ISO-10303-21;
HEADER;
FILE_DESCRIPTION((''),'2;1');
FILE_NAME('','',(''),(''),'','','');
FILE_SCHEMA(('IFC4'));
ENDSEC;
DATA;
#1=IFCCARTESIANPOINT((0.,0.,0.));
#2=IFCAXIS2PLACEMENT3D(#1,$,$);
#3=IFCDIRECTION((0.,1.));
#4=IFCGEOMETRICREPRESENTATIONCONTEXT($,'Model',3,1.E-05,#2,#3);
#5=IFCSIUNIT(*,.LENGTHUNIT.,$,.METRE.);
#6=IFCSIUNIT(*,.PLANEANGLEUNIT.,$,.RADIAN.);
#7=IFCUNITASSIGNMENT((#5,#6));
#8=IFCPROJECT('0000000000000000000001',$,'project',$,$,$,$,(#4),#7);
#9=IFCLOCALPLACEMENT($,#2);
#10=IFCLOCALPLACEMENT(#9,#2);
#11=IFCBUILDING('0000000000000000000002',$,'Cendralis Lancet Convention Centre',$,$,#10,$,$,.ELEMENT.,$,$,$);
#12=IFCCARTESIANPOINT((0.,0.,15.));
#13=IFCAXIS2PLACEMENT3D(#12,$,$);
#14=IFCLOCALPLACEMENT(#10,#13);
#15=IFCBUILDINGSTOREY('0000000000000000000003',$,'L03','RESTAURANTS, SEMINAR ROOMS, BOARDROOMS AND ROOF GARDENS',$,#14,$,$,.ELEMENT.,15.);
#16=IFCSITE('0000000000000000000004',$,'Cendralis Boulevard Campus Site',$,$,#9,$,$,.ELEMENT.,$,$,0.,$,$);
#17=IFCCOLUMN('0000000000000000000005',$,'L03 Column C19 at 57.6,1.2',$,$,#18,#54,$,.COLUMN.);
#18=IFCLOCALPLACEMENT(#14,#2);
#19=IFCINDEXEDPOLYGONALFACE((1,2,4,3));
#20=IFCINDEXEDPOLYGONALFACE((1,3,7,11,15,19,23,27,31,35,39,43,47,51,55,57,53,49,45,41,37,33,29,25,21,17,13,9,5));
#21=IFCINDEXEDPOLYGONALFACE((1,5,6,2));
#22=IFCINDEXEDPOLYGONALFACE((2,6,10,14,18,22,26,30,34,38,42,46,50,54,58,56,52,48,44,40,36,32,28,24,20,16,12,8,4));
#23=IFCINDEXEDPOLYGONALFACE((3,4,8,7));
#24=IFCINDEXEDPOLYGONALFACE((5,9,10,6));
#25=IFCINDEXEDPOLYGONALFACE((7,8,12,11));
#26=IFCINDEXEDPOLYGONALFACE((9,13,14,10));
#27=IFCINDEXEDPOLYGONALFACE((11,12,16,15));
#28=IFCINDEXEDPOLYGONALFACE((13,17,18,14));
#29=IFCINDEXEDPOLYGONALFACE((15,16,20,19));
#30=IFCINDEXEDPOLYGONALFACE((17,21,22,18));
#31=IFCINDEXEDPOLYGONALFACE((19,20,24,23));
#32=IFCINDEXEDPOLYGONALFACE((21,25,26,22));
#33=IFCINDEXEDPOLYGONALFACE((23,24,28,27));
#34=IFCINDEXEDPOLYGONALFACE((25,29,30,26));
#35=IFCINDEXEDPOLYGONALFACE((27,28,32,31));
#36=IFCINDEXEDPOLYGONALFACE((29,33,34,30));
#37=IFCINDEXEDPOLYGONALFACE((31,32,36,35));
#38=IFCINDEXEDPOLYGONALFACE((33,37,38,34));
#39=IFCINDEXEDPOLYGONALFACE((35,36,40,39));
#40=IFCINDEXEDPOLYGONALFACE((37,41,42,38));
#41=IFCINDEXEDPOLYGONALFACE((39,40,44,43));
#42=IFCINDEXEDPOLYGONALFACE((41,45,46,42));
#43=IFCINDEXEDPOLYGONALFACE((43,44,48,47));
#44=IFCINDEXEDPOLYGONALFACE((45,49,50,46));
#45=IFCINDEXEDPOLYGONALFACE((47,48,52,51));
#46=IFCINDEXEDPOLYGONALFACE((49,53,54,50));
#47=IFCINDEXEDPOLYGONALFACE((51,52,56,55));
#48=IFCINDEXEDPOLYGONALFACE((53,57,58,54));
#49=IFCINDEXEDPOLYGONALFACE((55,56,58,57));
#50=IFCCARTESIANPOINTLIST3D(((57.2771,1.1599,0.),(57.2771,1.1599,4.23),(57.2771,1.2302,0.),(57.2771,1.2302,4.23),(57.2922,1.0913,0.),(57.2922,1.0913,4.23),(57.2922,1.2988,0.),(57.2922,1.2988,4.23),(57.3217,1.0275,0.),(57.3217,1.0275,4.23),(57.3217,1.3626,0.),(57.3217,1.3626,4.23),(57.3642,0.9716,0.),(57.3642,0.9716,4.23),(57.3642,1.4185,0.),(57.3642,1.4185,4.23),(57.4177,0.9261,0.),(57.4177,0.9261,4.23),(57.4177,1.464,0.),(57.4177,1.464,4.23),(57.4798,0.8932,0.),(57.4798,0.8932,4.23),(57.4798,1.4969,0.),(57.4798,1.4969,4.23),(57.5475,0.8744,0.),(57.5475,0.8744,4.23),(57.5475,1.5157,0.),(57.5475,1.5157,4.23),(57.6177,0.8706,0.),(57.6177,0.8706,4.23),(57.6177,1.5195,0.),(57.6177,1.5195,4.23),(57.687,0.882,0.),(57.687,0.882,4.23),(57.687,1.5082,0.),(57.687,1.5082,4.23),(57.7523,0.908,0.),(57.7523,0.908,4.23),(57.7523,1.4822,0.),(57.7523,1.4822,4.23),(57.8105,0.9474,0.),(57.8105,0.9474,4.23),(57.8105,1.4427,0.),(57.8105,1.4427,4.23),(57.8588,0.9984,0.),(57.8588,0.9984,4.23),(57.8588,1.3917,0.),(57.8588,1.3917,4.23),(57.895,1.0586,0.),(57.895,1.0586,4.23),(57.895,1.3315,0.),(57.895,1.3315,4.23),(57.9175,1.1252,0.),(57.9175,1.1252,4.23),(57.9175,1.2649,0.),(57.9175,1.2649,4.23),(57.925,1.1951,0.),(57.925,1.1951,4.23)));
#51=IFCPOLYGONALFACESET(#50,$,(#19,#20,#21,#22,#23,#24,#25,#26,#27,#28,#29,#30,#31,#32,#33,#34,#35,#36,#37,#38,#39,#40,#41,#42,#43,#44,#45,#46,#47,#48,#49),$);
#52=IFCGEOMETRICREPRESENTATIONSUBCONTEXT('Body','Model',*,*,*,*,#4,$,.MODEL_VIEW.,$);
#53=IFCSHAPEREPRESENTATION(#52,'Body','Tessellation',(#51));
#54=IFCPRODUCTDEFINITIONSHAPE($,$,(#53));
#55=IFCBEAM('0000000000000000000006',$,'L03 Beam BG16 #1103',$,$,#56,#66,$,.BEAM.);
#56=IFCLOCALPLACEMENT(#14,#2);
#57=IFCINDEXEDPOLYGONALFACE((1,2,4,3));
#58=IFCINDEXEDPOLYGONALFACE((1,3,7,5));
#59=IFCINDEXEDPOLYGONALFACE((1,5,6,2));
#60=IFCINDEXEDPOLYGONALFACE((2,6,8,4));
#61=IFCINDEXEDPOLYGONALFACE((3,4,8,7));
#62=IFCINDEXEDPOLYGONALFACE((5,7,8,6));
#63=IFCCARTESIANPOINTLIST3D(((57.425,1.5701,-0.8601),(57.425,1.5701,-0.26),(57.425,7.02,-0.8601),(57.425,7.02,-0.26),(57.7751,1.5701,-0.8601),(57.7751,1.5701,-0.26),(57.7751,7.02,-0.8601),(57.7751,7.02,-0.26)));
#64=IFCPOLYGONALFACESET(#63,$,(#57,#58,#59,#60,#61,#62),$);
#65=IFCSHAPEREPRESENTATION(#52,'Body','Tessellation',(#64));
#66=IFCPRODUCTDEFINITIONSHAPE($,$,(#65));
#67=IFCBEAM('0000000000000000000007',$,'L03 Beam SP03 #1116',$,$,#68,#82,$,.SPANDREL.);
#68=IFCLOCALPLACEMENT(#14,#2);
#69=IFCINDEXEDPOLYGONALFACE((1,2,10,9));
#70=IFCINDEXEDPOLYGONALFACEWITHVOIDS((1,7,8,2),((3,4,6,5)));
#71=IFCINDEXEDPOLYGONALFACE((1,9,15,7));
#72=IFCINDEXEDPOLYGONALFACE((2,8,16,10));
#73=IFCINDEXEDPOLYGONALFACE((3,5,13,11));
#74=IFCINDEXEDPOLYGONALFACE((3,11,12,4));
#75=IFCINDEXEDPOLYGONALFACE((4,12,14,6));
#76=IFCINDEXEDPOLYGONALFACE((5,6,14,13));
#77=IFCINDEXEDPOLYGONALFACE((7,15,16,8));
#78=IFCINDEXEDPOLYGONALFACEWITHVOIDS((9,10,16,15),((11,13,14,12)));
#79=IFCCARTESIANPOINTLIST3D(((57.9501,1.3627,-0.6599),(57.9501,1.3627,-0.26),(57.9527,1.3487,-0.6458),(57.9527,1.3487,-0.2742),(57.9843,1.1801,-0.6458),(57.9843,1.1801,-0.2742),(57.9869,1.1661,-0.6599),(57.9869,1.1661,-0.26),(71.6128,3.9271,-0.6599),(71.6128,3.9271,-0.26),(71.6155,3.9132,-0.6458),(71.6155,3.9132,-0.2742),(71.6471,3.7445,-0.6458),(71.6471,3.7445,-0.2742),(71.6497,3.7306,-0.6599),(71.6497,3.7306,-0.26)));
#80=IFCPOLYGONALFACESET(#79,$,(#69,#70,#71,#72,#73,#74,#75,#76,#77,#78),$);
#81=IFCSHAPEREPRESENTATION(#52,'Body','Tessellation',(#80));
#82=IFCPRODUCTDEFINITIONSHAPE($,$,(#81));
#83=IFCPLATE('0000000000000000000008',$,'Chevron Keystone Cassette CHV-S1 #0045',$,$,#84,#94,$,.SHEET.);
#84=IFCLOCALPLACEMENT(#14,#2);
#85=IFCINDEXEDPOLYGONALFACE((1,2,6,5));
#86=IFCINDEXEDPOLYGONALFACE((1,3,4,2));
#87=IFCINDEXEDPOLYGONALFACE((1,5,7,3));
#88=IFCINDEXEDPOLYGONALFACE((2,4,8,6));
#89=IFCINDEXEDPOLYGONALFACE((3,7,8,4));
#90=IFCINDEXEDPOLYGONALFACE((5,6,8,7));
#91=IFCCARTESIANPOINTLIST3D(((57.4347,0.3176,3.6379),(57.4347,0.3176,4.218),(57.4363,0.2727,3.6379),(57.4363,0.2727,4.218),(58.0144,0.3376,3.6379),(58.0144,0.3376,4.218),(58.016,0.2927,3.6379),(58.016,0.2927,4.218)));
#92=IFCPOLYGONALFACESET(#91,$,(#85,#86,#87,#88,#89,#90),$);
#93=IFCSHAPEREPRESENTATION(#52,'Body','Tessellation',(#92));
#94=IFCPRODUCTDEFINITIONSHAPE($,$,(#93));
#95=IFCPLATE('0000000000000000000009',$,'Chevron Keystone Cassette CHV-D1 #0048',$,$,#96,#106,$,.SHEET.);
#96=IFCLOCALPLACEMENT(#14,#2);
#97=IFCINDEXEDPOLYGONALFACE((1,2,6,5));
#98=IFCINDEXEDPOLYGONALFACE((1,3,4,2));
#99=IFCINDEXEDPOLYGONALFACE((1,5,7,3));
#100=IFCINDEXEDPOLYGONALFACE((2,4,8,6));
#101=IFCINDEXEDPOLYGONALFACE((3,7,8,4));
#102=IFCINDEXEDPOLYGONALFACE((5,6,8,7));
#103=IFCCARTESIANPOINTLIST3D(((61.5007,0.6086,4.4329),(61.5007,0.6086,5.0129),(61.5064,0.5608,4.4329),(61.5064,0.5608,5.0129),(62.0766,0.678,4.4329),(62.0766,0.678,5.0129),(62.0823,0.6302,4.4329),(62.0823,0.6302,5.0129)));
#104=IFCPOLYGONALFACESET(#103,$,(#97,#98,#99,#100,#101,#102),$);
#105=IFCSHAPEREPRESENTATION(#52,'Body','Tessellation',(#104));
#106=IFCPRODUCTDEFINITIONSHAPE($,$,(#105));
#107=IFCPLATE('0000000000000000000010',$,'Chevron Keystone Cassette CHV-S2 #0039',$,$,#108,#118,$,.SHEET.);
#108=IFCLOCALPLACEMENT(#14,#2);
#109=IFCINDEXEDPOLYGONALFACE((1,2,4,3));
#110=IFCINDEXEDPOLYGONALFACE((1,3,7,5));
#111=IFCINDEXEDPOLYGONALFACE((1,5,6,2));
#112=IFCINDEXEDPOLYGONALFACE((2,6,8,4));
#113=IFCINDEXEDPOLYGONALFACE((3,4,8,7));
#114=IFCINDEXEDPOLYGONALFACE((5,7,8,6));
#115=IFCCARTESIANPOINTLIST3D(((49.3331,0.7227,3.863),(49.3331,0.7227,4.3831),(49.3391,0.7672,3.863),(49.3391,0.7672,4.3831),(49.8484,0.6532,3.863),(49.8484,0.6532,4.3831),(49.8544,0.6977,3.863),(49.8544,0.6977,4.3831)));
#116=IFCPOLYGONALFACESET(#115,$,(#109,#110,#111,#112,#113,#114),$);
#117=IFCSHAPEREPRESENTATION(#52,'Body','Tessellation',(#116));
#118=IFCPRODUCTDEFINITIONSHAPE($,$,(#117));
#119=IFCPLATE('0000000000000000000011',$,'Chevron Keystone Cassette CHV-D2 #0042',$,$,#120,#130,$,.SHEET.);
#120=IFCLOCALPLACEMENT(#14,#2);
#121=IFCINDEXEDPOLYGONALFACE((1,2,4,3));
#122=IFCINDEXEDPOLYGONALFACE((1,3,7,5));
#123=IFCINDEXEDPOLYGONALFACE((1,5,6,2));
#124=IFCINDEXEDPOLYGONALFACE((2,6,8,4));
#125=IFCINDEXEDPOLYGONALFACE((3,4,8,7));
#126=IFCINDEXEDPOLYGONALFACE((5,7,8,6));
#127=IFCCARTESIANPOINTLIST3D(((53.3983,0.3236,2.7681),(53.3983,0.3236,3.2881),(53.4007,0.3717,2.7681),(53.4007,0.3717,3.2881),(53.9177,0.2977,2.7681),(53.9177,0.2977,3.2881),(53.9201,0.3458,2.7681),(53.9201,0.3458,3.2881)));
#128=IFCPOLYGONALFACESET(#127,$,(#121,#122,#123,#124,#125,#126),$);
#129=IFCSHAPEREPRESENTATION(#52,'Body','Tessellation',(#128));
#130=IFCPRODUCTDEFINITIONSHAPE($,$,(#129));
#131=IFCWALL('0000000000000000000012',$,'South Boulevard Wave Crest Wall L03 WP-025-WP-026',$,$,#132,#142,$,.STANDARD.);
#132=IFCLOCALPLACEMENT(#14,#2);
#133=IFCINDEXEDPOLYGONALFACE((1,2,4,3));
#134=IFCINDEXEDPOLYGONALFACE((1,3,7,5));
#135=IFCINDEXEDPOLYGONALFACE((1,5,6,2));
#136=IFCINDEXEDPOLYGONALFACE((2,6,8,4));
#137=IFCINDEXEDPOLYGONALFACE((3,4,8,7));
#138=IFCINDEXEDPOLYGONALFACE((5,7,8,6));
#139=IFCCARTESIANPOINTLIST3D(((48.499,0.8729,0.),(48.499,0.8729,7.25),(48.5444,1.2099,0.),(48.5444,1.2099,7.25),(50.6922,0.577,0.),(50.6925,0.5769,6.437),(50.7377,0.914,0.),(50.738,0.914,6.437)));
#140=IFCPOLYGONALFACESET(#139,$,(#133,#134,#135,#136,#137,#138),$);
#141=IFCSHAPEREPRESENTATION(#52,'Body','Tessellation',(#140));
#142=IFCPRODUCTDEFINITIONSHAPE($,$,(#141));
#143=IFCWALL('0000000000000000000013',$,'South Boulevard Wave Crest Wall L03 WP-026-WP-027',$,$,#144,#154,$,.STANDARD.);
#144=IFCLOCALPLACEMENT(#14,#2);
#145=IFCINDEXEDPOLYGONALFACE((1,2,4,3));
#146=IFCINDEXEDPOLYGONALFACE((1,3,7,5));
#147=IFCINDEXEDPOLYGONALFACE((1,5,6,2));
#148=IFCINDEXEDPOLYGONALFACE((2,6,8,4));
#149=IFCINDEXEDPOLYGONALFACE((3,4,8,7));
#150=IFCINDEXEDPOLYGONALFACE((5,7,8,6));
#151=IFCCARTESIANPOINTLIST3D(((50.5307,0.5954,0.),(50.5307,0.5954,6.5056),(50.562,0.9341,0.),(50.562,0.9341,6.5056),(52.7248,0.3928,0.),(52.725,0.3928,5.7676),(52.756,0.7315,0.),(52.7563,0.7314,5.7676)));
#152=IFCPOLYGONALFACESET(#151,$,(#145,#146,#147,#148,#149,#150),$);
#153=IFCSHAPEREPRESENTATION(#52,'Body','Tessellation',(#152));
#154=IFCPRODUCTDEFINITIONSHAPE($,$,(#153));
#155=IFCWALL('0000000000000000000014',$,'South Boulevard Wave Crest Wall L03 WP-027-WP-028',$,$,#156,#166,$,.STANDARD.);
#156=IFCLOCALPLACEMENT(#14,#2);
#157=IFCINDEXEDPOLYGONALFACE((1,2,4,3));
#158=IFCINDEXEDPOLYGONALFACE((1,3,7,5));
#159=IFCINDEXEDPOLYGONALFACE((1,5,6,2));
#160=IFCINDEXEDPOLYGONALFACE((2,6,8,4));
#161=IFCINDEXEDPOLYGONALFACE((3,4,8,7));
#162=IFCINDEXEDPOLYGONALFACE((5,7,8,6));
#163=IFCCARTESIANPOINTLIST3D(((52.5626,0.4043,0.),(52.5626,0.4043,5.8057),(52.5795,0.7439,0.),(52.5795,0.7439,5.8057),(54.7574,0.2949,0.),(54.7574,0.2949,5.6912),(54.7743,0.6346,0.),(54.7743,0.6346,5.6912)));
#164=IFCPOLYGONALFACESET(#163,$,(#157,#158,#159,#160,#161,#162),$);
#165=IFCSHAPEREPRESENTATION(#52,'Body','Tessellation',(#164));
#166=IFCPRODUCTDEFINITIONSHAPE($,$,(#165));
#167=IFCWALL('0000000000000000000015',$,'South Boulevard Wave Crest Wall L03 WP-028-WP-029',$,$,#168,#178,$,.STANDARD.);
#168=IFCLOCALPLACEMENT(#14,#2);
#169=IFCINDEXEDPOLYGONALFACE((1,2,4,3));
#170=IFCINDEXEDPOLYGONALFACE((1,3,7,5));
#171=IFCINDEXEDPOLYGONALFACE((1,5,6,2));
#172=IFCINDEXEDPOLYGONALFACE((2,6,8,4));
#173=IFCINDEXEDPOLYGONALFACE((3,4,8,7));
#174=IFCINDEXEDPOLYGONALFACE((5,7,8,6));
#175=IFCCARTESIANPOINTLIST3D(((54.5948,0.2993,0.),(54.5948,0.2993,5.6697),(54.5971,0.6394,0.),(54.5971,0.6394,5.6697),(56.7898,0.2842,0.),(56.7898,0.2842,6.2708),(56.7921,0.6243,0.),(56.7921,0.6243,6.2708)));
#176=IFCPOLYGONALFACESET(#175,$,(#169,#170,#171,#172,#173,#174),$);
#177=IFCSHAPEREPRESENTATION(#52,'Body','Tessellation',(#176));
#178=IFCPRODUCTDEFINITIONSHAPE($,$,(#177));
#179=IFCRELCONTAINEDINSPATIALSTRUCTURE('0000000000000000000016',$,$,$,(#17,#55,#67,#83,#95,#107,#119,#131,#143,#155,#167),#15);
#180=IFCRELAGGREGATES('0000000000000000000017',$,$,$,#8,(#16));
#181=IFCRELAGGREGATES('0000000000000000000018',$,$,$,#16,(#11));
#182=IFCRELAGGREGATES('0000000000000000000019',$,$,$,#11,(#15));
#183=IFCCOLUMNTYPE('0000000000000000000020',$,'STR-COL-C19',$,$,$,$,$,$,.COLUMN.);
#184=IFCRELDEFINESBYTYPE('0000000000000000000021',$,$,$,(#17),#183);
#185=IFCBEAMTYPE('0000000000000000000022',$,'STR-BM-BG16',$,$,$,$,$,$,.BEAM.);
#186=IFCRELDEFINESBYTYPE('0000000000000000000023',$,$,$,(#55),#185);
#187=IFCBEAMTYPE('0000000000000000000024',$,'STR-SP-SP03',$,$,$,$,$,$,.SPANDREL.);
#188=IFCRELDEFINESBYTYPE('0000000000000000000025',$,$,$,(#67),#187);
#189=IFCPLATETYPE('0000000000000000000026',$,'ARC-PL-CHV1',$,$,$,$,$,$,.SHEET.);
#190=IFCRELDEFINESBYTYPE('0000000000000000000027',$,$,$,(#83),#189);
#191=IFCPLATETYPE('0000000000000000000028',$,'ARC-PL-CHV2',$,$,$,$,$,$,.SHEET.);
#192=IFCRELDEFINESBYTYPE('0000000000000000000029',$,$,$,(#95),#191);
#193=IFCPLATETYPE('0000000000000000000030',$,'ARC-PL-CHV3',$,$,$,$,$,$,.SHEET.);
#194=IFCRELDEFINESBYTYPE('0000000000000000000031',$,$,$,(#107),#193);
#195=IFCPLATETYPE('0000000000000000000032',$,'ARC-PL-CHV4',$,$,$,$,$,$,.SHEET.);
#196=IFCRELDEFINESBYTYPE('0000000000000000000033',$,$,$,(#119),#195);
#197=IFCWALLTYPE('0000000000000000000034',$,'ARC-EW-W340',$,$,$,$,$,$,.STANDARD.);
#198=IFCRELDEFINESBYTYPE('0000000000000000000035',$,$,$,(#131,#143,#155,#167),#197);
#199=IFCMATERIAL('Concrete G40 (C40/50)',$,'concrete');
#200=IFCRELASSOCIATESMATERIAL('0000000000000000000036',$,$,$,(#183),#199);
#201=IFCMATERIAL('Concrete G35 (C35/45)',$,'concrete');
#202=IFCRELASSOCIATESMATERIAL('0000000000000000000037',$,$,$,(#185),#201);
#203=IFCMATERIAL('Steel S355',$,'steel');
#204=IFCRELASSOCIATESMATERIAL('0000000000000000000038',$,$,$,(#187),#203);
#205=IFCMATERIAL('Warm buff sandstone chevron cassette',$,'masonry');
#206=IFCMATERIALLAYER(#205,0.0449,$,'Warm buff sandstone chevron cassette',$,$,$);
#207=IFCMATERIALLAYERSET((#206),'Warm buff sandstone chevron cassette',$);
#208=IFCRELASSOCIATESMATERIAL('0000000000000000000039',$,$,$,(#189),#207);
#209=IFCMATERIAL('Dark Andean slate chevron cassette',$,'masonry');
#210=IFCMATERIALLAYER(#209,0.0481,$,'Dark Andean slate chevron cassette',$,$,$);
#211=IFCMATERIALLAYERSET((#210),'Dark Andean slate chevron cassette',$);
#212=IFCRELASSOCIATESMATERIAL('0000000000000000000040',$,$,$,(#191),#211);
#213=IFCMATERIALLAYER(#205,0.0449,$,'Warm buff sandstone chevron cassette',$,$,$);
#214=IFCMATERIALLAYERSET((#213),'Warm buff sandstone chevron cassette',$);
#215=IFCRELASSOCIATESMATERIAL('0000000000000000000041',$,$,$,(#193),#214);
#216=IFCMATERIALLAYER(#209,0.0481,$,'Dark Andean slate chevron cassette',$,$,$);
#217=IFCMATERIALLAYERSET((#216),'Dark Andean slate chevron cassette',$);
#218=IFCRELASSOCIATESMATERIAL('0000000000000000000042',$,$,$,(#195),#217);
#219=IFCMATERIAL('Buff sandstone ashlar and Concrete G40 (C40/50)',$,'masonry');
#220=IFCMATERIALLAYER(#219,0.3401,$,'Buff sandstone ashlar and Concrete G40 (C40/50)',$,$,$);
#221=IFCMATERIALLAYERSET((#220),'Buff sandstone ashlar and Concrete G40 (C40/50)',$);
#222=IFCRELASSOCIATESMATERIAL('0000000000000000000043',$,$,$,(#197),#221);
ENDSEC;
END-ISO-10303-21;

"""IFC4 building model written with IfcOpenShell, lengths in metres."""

from ifc_helpers import new_model, si_unit, direction, frame, origin, origin_2d, place, context, subcontext, project, spatial, polyline, rectangle, hollow_rectangle, circle, outline, extrude, material, layer, layer_set, material_profile, profile_set, type_object, element, save


model = new_model("IFC4")

# Units and contexts
model_context = context("Model", 3, precision=1e-05, world=origin(), true_north=direction((0.0, 1.0)))
body_context = subcontext(model_context, "Body", "Model", "MODEL_VIEW")
ifc_project = project(units=[si_unit("LENGTHUNIT", "METRE"), si_unit("PLANEANGLEUNIT", "RADIAN")], contexts=[model_context])

# Site, building, storey
site_placement = place(None, origin())
site = spatial("IfcSite", under=ifc_project, at=site_placement, Name="Cendralis Boulevard Campus Site", CompositionType="ELEMENT", RefElevation=0.0)
building_placement = place(site_placement, origin())
building = spatial("IfcBuilding", under=site, at=building_placement, Name="Cendralis Lancet Convention Centre", CompositionType="ELEMENT")
storey_placement = place(building_placement, frame((0.0, 0.0, 15.0)))
storey = spatial("IfcBuildingStorey", under=building, at=storey_placement, Name="L03", Description="RESTAURANTS, SEMINAR ROOMS, BOARDROOMS AND ROOF GARDENS", CompositionType="ELEMENT", Elevation=15.0)

# Column
ifc_material_1 = material(Name="Concrete G40 (C40/50)", Category="concrete")
ifc_material_profile_1 = material_profile(ifc_material_1, circle(Radius=0.325, at=origin_2d()), Name="RC D650")
ifc_profile_set_1 = profile_set([ifc_material_profile_1], Name="Concrete G40 (C40/50)")
column_type = type_object("IfcColumnType", Name="STR-COL-C19", PredefinedType="COLUMN", material=ifc_profile_set_1)
column_placement = place(storey_placement, frame((57.6001, 1.1951, 0.0), z_axis=(0.0, 0.0, 1.0), x_axis=(1.0, 0.0, 0.0)))
element("IfcColumn", 1, at=column_placement, inside=storey, type_object=column_type, Name="L03 Column C19 at 57.6,1.2", PredefinedType="COLUMN", context=body_context, shape_type="SweptSolid", body=[
    extrude(circle(Radius=0.325, at=origin_2d()), origin(), (0.0, 0.0, 1.0), 4.23),
])

# Beams
ifc_material_2 = material(Name="Concrete G35 (C35/45)", Category="concrete")
ifc_material_profile_2 = material_profile(ifc_material_2, rectangle(XDim=0.3501, YDim=0.6001, at=origin_2d()), Name="RCB 350x600")
ifc_profile_set_2 = profile_set([ifc_material_profile_2], Name="Concrete G35 (C35/45)")
beam_type_1 = type_object("IfcBeamType", Name="STR-BM-BG16", PredefinedType="BEAM", material=ifc_profile_set_2)
beam_1_placement = place(storey_placement, frame((57.6001, 1.5701, -0.5601), z_axis=(0.0, 1.0, 0.0), x_axis=(-1.0, 0.0, 0.0)))
element("IfcBeam", 2, at=beam_1_placement, inside=storey, type_object=beam_type_1, Name="L03 Beam BG16 #1103", PredefinedType="BEAM", context=body_context, shape_type="SweptSolid", body=[
    extrude(rectangle(XDim=0.3501, YDim=0.6001, at=origin_2d()), origin(), (0.0, 0.0, 1.0), 5.45),
])
ifc_material_3 = material(Name="Steel S355", Category="steel")
ifc_material_profile_3 = material_profile(ifc_material_3, hollow_rectangle(XDim=0.2, YDim=0.3999, WallThickness=0.0142, at=origin_2d()), Name="RHS 400x200x14.2")
ifc_profile_set_3 = profile_set([ifc_material_profile_3], Name="Steel S355")
beam_type_2 = type_object("IfcBeamType", Name="STR-SP-SP03", PredefinedType="SPANDREL", material=ifc_profile_set_3)
beam_2_placement = place(storey_placement, frame((57.9685, 1.2644, -0.46), z_axis=(0.982837, 0.184474, 0.0), x_axis=(-0.184474, 0.982837, 0.0)))
element("IfcBeam", 3, at=beam_2_placement, inside=storey, type_object=beam_type_2, Name="L03 Beam SP03 #1116", PredefinedType="SPANDREL", context=body_context, shape_type="SweptSolid", body=[
    extrude(hollow_rectangle(XDim=0.2, YDim=0.3999, WallThickness=0.0142, at=origin_2d()), origin(), (0.0, 0.0, 1.0), 13.9014),
])

# Plates
ifc_material_4 = material(Name="Warm buff sandstone chevron cassette", Category="masonry")
ifc_layer_1 = layer(ifc_material_4, 0.0449, Name="Warm buff sandstone chevron cassette")
ifc_layer_set_1 = layer_set([ifc_layer_1], Name="Warm buff sandstone chevron cassette")
plate_type_1 = type_object("IfcPlateType", Name="ARC-PL-CHV1", PredefinedType="SHEET", material=ifc_layer_set_1)
plate_1_placement = place(storey_placement, frame((57.7253, 0.3052, 3.6379), z_axis=(0.0, 0.0, 1.0), x_axis=(0.999404, 0.034533, 0.0)))
element("IfcPlate", 4, at=plate_1_placement, inside=storey, type_object=plate_type_1, Name="Chevron Keystone Cassette CHV-S1 #0045", PredefinedType="SHEET", context=body_context, shape_type="SweptSolid", body=[
    extrude(rectangle(XDim=0.5801, YDim=0.0449, at=origin_2d()), origin(), (0.0, 0.0, 1.0), 0.5801),
])
ifc_material_5 = material(Name="Dark Andean slate chevron cassette", Category="masonry")
ifc_layer_2 = layer(ifc_material_5, 0.0481, Name="Dark Andean slate chevron cassette")
ifc_layer_set_2 = layer_set([ifc_layer_2], Name="Dark Andean slate chevron cassette")
plate_type_2 = type_object("IfcPlateType", Name="ARC-PL-CHV2", PredefinedType="SHEET", material=ifc_layer_set_2)
plate_2_placement = place(storey_placement, frame((61.7915, 0.6194, 4.4329), z_axis=(0.0, 0.0, 1.0), x_axis=(0.992818, 0.119634, 0.0)))
element("IfcPlate", 5, at=plate_2_placement, inside=storey, type_object=plate_type_2, Name="Chevron Keystone Cassette CHV-D1 #0048", PredefinedType="SHEET", context=body_context, shape_type="SweptSolid", body=[
    extrude(rectangle(XDim=0.5801, YDim=0.0481, at=origin_2d()), origin(), (0.0, 0.0, 1.0), 0.5801),
])
ifc_layer_3 = layer(ifc_material_4, 0.0449, Name="Warm buff sandstone chevron cassette")
ifc_layer_set_3 = layer_set([ifc_layer_3], Name="Warm buff sandstone chevron cassette")
plate_type_3 = type_object("IfcPlateType", Name="ARC-PL-CHV3", PredefinedType="SHEET", material=ifc_layer_set_3)
plate_3_placement = place(storey_placement, frame((49.5938, 0.7102, 3.863), z_axis=(0.0, 0.0, 1.0), x_axis=(0.991035, -0.133606, 0.0)))
element("IfcPlate", 6, at=plate_3_placement, inside=storey, type_object=plate_type_3, Name="Chevron Keystone Cassette CHV-S2 #0039", PredefinedType="SHEET", context=body_context, shape_type="SweptSolid", body=[
    extrude(rectangle(XDim=0.52, YDim=0.0449, at=origin_2d()), origin(), (0.0, 0.0, 1.0), 0.52),
])
ifc_layer_4 = layer(ifc_material_5, 0.0481, Name="Dark Andean slate chevron cassette")
ifc_layer_set_4 = layer_set([ifc_layer_4], Name="Dark Andean slate chevron cassette")
plate_type_4 = type_object("IfcPlateType", Name="ARC-PL-CHV4", PredefinedType="SHEET", material=ifc_layer_set_4)
plate_4_placement = place(storey_placement, frame((53.6592, 0.3347, 2.7681), z_axis=(0.0, 0.0, 1.0), x_axis=(0.998759, -0.049809, 0.0)))
element("IfcPlate", 7, at=plate_4_placement, inside=storey, type_object=plate_type_4, Name="Chevron Keystone Cassette CHV-D2 #0042", PredefinedType="SHEET", context=body_context, shape_type="SweptSolid", body=[
    extrude(rectangle(XDim=0.52, YDim=0.0481, at=origin_2d()), origin(), (0.0, 0.0, 1.0), 0.52),
])

# Walls
ifc_material_6 = material(Name="Buff sandstone ashlar and Concrete G40 (C40/50)", Category="masonry")
ifc_layer_5 = layer(ifc_material_6, 0.3401, Name="Buff sandstone ashlar and Concrete G40 (C40/50)")
ifc_layer_set_5 = layer_set([ifc_layer_5], Name="Buff sandstone ashlar and Concrete G40 (C40/50)")
wall_type = type_object("IfcWallType", Name="ARC-EW-W340", PredefinedType="STANDARD", material=ifc_layer_set_5)
wall_1_placement = place(storey_placement, frame((48.5217, 1.0415, 0.0), z_axis=(0.0, 0.0, 1.0), x_axis=(0.991022, -0.133695, 0.0)))
element("IfcWall", 8, at=wall_1_placement, inside=storey, type_object=wall_type, Name="South Boulevard Wave Crest Wall L03 WP-025-WP-026", PredefinedType="STANDARD", context=body_context, shape_type="SweptSolid", body=[
    extrude(outline(polyline([(0.0, 0.0), (2.2131, 0.0), (2.2134, 6.437), (0.0, 7.25), (0.0, 0.0)])), frame((0.0, 0.1699, 0.0), z_axis=(0.0, -1.0, 0.0), x_axis=(1.0, 0.0, 0.0)), (0.0, 0.0, 1.0), 0.3401),
])
wall_2_placement = place(storey_placement, frame((50.5464, 0.7649, 0.0), z_axis=(0.0, 0.0, 1.0), x_axis=(0.995762, -0.091964, 0.0)))
element("IfcWall", 9, at=wall_2_placement, inside=storey, type_object=wall_type, Name="South Boulevard Wave Crest Wall L03 WP-026-WP-027", PredefinedType="STANDARD", context=body_context, shape_type="SweptSolid", body=[
    extrude(outline(polyline([(0.0, 0.0), (2.2034, 0.0), (2.2036, 5.7676), (0.0, 6.5056), (0.0, 0.0)])), frame((0.0, 0.1699, 0.0), z_axis=(0.0, -1.0, 0.0), x_axis=(1.0, 0.0, 0.0)), (0.0, 0.0, 1.0), 0.3401),
])
wall_3_placement = place(storey_placement, frame((52.571, 0.5742, 0.0), z_axis=(0.0, 0.0, 1.0), x_axis=(0.998761, -0.049771, 0.0)))
element("IfcWall", 10, at=wall_3_placement, inside=storey, type_object=wall_type, Name="South Boulevard Wave Crest Wall L03 WP-027-WP-028", PredefinedType="STANDARD", context=body_context, shape_type="SweptSolid", body=[
    extrude(outline(polyline([(0.0, 0.0), (2.1975, 0.0), (2.1975, 5.6912), (0.0, 5.8057), (0.0, 0.0)])), frame((0.0, 0.1699, 0.0), z_axis=(0.0, -1.0, 0.0), x_axis=(1.0, 0.0, 0.0)), (0.0, 0.0, 1.0), 0.3401),
])
wall_4_placement = place(storey_placement, frame((54.5959, 0.4695, 0.0), z_axis=(0.0, 0.0, 1.0), x_axis=(0.999976, -0.006896, 0.0)))
element("IfcWall", 11, at=wall_4_placement, inside=storey, type_object=wall_type, Name="South Boulevard Wave Crest Wall L03 WP-028-WP-029", PredefinedType="STANDARD", context=body_context, shape_type="SweptSolid", body=[
    extrude(outline(polyline([(0.0, 0.0), (2.1951, 0.0), (2.1951, 6.2708), (0.0, 5.6697), (0.0, 0.0)])), frame((0.0, 0.1699, 0.0), z_axis=(0.0, -1.0, 0.0), x_axis=(1.0, 0.0, 0.0)), (0.0, 0.0, 1.0), 0.3401),
])

save(model, "model.ifc")
